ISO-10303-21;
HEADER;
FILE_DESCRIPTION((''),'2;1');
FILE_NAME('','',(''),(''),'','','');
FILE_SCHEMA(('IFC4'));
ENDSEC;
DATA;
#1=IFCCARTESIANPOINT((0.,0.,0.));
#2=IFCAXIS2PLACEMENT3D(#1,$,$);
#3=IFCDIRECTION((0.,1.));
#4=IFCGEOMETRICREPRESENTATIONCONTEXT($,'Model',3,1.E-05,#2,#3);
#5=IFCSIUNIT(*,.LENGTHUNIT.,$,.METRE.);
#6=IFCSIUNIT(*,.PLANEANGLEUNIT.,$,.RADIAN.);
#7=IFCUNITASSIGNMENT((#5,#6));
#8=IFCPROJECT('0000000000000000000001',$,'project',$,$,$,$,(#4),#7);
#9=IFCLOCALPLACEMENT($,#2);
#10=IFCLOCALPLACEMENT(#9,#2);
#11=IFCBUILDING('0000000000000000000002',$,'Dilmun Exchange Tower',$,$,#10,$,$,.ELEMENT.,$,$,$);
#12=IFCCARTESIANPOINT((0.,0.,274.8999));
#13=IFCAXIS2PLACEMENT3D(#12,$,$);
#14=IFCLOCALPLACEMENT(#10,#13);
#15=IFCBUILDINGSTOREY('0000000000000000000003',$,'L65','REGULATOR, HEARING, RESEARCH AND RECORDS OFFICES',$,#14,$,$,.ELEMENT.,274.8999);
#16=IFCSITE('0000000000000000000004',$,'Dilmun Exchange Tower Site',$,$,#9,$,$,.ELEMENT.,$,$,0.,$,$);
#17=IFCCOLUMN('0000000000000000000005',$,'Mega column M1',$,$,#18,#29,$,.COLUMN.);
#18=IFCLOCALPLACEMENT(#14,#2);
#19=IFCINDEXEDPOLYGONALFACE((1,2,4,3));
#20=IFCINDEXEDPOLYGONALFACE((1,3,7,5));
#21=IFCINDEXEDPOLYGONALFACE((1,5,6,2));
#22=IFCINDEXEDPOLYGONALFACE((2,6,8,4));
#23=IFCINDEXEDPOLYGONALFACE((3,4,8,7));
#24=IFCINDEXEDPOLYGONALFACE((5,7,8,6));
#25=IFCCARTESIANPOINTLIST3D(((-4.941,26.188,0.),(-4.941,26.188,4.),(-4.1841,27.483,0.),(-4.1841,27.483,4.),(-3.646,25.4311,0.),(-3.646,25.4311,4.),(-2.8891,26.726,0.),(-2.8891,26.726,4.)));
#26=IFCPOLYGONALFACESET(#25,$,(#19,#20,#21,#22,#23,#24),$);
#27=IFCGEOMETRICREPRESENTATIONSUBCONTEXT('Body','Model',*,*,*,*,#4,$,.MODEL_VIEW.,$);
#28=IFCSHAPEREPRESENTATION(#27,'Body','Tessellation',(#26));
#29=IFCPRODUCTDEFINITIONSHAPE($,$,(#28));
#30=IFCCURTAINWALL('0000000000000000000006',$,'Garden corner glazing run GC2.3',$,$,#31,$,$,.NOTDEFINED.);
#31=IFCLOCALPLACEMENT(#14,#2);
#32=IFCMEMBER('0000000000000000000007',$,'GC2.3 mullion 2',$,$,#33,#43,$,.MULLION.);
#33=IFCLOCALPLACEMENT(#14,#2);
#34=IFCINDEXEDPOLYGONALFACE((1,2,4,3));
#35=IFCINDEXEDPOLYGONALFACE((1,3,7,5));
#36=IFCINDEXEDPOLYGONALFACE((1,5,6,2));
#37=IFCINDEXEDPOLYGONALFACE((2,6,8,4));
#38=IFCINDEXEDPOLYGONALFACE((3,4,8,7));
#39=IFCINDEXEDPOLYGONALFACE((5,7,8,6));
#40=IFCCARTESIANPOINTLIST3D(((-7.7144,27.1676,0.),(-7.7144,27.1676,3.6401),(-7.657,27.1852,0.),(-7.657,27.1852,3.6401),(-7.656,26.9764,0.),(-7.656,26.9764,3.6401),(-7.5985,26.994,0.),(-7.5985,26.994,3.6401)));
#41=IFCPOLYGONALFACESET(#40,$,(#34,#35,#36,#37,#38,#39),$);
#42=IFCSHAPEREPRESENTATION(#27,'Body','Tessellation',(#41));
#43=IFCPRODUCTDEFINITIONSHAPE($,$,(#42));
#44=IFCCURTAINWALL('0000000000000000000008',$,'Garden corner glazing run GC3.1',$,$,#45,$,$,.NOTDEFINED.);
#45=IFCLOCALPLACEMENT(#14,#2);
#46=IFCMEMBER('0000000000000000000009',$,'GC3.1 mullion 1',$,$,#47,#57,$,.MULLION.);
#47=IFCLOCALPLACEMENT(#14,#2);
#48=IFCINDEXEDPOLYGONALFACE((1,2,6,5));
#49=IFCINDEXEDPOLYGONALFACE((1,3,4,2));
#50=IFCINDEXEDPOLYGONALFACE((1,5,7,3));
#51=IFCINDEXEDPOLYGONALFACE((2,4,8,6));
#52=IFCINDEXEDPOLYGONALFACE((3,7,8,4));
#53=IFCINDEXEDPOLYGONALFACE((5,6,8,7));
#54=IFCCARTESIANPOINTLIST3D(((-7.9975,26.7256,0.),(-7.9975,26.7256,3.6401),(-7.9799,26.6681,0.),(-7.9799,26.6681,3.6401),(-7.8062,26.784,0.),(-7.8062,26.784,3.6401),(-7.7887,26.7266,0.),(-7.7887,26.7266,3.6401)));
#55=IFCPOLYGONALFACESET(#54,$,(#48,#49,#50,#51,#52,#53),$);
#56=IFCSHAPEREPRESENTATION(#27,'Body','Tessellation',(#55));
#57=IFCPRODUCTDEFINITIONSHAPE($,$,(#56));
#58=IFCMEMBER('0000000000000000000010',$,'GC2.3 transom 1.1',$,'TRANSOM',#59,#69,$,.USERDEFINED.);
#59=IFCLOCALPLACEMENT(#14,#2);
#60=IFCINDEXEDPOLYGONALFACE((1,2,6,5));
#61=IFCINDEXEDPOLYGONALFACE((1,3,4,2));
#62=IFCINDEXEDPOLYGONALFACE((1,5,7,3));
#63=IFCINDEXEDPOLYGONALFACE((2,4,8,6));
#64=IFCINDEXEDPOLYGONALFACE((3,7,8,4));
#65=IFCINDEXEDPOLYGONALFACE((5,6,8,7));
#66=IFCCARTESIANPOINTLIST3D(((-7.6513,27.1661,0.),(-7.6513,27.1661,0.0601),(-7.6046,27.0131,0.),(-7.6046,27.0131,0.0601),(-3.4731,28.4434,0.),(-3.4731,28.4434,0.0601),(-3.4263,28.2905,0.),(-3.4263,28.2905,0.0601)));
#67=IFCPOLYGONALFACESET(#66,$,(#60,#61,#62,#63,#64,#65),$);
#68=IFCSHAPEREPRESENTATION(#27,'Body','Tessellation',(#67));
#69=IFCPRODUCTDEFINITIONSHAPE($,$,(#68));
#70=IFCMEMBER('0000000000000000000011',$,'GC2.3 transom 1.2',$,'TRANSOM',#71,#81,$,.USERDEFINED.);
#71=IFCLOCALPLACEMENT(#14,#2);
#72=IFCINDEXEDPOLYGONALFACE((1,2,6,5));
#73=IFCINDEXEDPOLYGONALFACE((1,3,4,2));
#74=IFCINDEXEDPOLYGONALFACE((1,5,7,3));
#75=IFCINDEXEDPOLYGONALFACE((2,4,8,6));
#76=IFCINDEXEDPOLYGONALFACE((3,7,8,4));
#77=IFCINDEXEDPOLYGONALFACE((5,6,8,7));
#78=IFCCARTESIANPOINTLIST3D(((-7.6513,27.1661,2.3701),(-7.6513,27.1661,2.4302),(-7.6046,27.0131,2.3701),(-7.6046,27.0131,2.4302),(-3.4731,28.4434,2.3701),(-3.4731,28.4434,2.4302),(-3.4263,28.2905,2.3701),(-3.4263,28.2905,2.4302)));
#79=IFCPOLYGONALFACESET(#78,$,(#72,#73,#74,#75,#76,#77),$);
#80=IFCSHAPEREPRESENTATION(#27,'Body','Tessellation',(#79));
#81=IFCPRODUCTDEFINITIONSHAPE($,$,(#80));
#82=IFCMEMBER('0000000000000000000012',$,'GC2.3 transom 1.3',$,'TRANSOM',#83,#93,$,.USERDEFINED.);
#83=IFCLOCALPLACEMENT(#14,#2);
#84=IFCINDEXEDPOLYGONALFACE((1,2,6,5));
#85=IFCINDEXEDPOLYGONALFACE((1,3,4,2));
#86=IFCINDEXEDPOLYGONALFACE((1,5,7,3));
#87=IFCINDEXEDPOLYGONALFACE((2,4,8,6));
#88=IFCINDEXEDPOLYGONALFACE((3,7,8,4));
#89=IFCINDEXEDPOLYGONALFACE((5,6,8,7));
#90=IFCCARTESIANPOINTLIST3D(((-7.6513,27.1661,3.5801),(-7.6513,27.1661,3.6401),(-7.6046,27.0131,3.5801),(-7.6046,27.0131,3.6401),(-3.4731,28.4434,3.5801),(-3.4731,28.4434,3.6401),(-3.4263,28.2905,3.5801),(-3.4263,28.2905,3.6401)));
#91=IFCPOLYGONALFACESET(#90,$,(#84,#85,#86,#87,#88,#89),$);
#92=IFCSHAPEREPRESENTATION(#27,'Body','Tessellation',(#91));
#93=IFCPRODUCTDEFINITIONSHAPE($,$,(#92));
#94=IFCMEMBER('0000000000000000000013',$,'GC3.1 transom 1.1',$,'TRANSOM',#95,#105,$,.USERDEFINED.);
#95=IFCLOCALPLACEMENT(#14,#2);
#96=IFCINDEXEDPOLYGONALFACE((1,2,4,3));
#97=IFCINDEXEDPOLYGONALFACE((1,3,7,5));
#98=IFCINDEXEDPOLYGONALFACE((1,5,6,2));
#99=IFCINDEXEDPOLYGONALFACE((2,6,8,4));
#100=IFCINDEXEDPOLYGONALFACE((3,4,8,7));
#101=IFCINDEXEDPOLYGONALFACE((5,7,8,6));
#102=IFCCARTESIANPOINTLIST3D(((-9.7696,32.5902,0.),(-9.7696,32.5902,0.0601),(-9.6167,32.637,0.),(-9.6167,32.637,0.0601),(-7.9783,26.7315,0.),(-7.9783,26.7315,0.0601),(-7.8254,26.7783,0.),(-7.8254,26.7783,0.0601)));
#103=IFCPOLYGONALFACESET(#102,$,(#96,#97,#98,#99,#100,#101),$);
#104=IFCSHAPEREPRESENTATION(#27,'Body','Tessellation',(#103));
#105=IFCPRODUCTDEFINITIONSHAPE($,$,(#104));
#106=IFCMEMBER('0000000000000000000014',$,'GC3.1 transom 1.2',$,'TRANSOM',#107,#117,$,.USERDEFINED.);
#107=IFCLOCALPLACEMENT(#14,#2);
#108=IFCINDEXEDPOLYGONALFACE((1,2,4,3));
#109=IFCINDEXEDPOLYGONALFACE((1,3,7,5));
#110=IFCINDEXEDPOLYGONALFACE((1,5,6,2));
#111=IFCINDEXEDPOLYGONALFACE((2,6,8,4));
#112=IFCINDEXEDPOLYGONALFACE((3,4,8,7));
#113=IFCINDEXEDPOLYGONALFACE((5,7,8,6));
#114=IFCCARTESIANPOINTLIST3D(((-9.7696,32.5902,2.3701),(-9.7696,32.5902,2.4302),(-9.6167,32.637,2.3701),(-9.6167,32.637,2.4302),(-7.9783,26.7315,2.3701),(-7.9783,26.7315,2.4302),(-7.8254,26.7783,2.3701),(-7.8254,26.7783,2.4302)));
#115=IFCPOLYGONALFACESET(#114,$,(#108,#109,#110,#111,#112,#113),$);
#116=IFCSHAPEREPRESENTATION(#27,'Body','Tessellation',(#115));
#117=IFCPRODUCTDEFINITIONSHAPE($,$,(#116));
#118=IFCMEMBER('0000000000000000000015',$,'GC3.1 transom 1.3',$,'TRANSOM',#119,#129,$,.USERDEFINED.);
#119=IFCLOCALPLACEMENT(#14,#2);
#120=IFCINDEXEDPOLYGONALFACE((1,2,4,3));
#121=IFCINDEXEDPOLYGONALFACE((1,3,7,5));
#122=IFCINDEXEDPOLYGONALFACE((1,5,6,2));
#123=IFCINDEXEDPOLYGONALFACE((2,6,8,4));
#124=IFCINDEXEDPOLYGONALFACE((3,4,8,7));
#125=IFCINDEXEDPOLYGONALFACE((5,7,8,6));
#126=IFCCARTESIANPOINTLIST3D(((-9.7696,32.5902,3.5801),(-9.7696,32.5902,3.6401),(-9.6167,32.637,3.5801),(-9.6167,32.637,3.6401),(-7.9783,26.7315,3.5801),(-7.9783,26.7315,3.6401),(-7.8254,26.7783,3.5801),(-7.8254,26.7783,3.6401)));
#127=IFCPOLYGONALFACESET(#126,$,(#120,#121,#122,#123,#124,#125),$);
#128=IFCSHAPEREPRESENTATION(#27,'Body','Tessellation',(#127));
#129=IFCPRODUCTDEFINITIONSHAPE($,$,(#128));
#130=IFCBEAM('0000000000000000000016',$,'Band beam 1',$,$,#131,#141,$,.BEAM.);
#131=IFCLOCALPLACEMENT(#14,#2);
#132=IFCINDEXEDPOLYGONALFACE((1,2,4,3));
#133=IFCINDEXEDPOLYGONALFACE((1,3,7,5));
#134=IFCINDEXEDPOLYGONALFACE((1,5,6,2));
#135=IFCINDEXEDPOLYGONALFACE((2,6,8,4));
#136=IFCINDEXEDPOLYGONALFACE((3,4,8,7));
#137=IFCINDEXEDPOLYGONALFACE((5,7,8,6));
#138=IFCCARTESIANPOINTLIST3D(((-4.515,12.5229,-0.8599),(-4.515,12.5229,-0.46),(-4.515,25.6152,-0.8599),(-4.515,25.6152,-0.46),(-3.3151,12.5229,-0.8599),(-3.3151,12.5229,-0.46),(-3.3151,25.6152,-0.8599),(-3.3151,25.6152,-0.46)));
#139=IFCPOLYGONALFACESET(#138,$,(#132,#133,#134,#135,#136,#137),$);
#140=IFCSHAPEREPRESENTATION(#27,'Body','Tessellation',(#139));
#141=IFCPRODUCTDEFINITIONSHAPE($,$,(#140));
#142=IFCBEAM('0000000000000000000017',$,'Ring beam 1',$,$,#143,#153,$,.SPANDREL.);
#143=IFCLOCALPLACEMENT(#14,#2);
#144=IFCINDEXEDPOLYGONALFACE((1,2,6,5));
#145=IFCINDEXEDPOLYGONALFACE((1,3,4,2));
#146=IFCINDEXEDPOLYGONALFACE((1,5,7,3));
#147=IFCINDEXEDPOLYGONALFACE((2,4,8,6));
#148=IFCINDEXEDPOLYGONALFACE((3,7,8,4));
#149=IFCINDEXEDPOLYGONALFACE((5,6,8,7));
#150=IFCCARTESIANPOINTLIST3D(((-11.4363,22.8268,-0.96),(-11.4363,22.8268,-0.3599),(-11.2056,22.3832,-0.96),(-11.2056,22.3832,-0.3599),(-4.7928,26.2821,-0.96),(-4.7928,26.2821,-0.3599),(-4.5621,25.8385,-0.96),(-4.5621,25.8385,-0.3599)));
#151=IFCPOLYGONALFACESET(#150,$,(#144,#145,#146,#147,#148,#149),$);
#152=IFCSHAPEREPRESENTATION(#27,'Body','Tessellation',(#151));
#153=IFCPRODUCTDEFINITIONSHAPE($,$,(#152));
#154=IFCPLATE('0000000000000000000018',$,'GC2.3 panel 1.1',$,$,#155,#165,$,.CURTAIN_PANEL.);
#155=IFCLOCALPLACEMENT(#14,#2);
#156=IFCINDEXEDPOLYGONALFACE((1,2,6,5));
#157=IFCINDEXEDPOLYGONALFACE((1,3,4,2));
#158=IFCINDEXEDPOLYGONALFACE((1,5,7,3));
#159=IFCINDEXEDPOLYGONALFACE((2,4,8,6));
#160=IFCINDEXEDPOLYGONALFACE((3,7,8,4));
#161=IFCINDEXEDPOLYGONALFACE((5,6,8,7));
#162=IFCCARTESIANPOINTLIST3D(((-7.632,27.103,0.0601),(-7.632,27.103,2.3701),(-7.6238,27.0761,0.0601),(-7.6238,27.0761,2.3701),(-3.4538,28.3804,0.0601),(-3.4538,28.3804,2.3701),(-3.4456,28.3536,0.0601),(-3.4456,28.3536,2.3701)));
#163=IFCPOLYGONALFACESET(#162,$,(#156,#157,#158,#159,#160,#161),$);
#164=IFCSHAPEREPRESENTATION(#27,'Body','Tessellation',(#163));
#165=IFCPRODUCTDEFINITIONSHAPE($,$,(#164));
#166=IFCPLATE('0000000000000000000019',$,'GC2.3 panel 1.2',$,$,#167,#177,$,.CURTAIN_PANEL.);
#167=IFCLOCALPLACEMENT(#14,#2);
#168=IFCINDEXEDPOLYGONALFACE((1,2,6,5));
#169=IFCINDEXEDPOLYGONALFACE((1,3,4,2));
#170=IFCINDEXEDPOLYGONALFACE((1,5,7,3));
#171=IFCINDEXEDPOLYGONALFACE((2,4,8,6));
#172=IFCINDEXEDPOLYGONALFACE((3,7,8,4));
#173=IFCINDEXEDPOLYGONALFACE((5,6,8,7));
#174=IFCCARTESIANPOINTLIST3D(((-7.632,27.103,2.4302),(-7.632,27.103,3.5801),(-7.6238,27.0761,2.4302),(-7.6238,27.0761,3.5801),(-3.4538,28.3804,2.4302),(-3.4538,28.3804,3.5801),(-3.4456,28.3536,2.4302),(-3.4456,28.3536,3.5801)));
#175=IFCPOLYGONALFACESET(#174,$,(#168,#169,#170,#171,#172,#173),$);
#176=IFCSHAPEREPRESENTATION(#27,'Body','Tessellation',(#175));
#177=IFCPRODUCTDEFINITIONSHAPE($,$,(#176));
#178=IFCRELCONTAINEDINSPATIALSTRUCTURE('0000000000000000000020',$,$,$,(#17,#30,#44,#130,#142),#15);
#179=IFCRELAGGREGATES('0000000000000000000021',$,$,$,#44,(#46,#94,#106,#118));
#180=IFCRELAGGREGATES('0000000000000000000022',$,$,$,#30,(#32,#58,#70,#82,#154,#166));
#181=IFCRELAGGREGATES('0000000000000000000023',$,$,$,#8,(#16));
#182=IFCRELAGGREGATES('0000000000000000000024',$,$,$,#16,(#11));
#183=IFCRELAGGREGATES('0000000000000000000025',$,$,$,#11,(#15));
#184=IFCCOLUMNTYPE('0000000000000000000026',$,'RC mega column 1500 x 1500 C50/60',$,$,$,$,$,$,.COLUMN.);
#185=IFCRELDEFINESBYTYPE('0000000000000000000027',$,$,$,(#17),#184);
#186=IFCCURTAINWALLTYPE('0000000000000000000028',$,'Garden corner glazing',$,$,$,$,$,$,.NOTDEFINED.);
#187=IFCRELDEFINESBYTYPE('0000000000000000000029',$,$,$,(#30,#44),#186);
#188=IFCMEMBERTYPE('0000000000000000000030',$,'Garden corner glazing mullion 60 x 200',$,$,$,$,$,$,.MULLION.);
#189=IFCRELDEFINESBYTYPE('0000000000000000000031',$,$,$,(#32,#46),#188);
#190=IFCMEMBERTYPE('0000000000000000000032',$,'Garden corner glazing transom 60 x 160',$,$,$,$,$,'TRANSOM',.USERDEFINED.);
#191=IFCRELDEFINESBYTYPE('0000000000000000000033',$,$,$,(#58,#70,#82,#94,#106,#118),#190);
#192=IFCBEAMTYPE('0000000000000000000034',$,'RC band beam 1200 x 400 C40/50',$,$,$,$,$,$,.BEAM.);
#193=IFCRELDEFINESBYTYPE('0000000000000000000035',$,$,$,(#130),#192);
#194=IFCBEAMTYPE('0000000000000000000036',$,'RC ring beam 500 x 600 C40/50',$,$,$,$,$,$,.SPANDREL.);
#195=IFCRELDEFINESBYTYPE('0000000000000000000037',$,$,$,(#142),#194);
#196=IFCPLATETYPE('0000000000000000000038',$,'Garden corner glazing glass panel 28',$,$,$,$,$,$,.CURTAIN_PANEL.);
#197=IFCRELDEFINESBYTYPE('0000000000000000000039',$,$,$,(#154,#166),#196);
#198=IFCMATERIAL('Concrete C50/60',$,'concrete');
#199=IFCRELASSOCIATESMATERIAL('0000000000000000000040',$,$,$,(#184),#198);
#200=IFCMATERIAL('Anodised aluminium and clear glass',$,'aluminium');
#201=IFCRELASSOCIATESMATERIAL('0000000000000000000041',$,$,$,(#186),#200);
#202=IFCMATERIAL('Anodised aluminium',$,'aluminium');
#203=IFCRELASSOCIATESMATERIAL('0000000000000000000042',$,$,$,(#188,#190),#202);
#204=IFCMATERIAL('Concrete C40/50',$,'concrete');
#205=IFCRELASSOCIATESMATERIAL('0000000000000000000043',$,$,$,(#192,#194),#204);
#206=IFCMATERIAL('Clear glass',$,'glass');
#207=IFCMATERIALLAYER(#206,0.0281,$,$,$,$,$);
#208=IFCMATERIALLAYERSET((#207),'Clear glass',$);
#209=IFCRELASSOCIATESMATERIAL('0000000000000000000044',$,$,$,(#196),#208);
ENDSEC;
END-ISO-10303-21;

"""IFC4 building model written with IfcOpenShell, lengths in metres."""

from ifc_helpers import new_model, si_unit, direction, frame, origin, origin_2d, place, context, subcontext, project, spatial, rectangle, extrude, material, layer, layer_set, material_profile, profile_set, type_object, element, aggregate, save


model = new_model("IFC4")

# Units and contexts
model_context = context("Model", 3, precision=1e-05, world=origin(), true_north=direction((0.0, 1.0)))
body_context = subcontext(model_context, "Body", "Model", "MODEL_VIEW")
ifc_project = project(units=[si_unit("LENGTHUNIT", "METRE"), si_unit("PLANEANGLEUNIT", "RADIAN")], contexts=[model_context])

# Site, building, storey
site_placement = place(None, origin())
site = spatial("IfcSite", under=ifc_project, at=site_placement, Name="Dilmun Exchange Tower Site", CompositionType="ELEMENT", RefElevation=0.0)
building_placement = place(site_placement, origin())
building = spatial("IfcBuilding", under=site, at=building_placement, Name="Dilmun Exchange Tower", CompositionType="ELEMENT")
storey_placement = place(building_placement, frame((0.0, 0.0, 274.8999)))
storey = spatial("IfcBuildingStorey", under=building, at=storey_placement, Name="L65", Description="REGULATOR, HEARING, RESEARCH AND RECORDS OFFICES", CompositionType="ELEMENT", Elevation=274.8999)

# Column
ifc_material_1 = material(Name="Concrete C50/60", Category="concrete")
ifc_material_profile_1 = material_profile(ifc_material_1, rectangle(XDim=1.5, YDim=1.5, at=origin_2d()), Name="1500 x 1500")
ifc_profile_set_1 = profile_set([ifc_material_profile_1], Name="Concrete C50/60")
column_type = type_object("IfcColumnType", Name="RC mega column 1500 x 1500 C50/60", PredefinedType="COLUMN", material=ifc_profile_set_1)
column_placement = place(storey_placement, frame((-3.915, 26.457, 0.0), z_axis=(0.0, 0.0, 1.0), x_axis=(0.504644, 0.863328, 0.0)))
element("IfcColumn", 1, at=column_placement, inside=storey, type_object=column_type, Name="Mega column M1", PredefinedType="COLUMN", context=body_context, shape_type="SweptSolid", body=[
    extrude(rectangle(XDim=1.5, YDim=1.5, at=origin_2d()), origin(), (0.0, 0.0, 1.0), 4.0),
])

# Curtain walls, members
ifc_material_2 = material(Name="Anodised aluminium and clear glass", Category="aluminium")
curtain_wall_type = type_object("IfcCurtainWallType", Name="Garden corner glazing", PredefinedType="NOTDEFINED", material=ifc_material_2)
curtain_wall_1_placement = place(storey_placement, origin())
curtain_wall_1 = element("IfcCurtainWall", 2, at=curtain_wall_1_placement, inside=storey, type_object=curtain_wall_type, Name="Garden corner glazing run GC2.3", PredefinedType="NOTDEFINED")
ifc_material_3 = material(Name="Anodised aluminium", Category="aluminium")
ifc_material_profile_2 = material_profile(ifc_material_3, rectangle(XDim=0.2, YDim=0.0601, at=origin_2d()), Name="AL 60x200")
ifc_profile_set_2 = profile_set([ifc_material_profile_2], Name="Anodised aluminium")
member_type_1 = type_object("IfcMemberType", Name="Garden corner glazing mullion 60 x 200", PredefinedType="MULLION", material=ifc_profile_set_2)
member_1_placement = place(storey_placement, frame((-7.6565, 27.0808, 0.0), z_axis=(0.0, 0.0, 1.0), x_axis=(0.292378, -0.956303, 0.0)))
member_1 = element("IfcMember", 3, at=member_1_placement, type_object=member_type_1, Name="GC2.3 mullion 2", PredefinedType="MULLION", context=body_context, shape_type="SweptSolid", body=[
    extrude(rectangle(XDim=0.2, YDim=0.0601, at=origin_2d()), origin(), (0.0, 0.0, 1.0), 3.6401),
])
curtain_wall_2_placement = place(storey_placement, origin())
curtain_wall_2 = element("IfcCurtainWall", 4, at=curtain_wall_2_placement, inside=storey, type_object=curtain_wall_type, Name="Garden corner glazing run GC3.1", PredefinedType="NOTDEFINED")
member_2_placement = place(storey_placement, frame((-7.8931, 26.7261, 0.0), z_axis=(0.0, 0.0, 1.0), x_axis=(-0.956304, -0.292374, 0.0)))
member_2 = element("IfcMember", 5, at=member_2_placement, type_object=member_type_1, Name="GC3.1 mullion 1", PredefinedType="MULLION", context=body_context, shape_type="SweptSolid", body=[
    extrude(rectangle(XDim=0.2, YDim=0.0601, at=origin_2d()), origin(), (0.0, 0.0, 1.0), 3.6401),
])

# Members
ifc_material_profile_3 = material_profile(ifc_material_3, rectangle(XDim=0.1599, YDim=0.0601, at=origin_2d()), Name="AL 60x160")
ifc_profile_set_3 = profile_set([ifc_material_profile_3], Name="Anodised aluminium")
member_type_2 = type_object("IfcMemberType", Name="Garden corner glazing transom 60 x 160", ElementType="TRANSOM", PredefinedType="USERDEFINED", material=ifc_profile_set_3)
member_3_placement = place(storey_placement, frame((-3.4497, 28.3669, 0.03), z_axis=(-0.956309, -0.292358, 0.0), x_axis=(0.292358, -0.956309, 0.0)))
member_3 = element("IfcMember", 6, at=member_3_placement, type_object=member_type_2, Name="GC2.3 transom 1.1", ObjectType="TRANSOM", PredefinedType="USERDEFINED", context=body_context, shape_type="SweptSolid", body=[
    extrude(rectangle(XDim=0.1599, YDim=0.0601, at=origin_2d()), origin(), (0.0, 0.0, 1.0), 4.3691),
])
member_4_placement = place(storey_placement, frame((-3.4497, 28.3669, 2.4001), z_axis=(-0.956309, -0.292358, 0.0), x_axis=(0.292358, -0.956309, 0.0)))
member_4 = element("IfcMember", 7, at=member_4_placement, type_object=member_type_2, Name="GC2.3 transom 1.2", ObjectType="TRANSOM", PredefinedType="USERDEFINED", context=body_context, shape_type="SweptSolid", body=[
    extrude(rectangle(XDim=0.1599, YDim=0.0601, at=origin_2d()), origin(), (0.0, 0.0, 1.0), 4.3691),
])
member_5_placement = place(storey_placement, frame((-3.4497, 28.3669, 3.6101), z_axis=(-0.956309, -0.292358, 0.0), x_axis=(0.292358, -0.956309, 0.0)))
member_5 = element("IfcMember", 8, at=member_5_placement, type_object=member_type_2, Name="GC2.3 transom 1.3", ObjectType="TRANSOM", PredefinedType="USERDEFINED", context=body_context, shape_type="SweptSolid", body=[
    extrude(rectangle(XDim=0.1599, YDim=0.0601, at=origin_2d()), origin(), (0.0, 0.0, 1.0), 4.3691),
])
member_6_placement = place(storey_placement, frame((-7.9019, 26.7549, 0.03), z_axis=(-0.292386, 0.956301, 0.0), x_axis=(-0.956301, -0.292386, 0.0)))
member_6 = element("IfcMember", 9, at=member_6_placement, type_object=member_type_2, Name="GC3.1 transom 1.1", ObjectType="TRANSOM", PredefinedType="USERDEFINED", context=body_context, shape_type="SweptSolid", body=[
    extrude(rectangle(XDim=0.1599, YDim=0.0601, at=origin_2d()), origin(), (0.0, 0.0, 1.0), 6.1265),
])
member_7_placement = place(storey_placement, frame((-7.9019, 26.7549, 2.4001), z_axis=(-0.292386, 0.956301, 0.0), x_axis=(-0.956301, -0.292386, 0.0)))
member_7 = element("IfcMember", 10, at=member_7_placement, type_object=member_type_2, Name="GC3.1 transom 1.2", ObjectType="TRANSOM", PredefinedType="USERDEFINED", context=body_context, shape_type="SweptSolid", body=[
    extrude(rectangle(XDim=0.1599, YDim=0.0601, at=origin_2d()), origin(), (0.0, 0.0, 1.0), 6.1265),
])
member_8_placement = place(storey_placement, frame((-7.9019, 26.7549, 3.6101), z_axis=(-0.292386, 0.956301, 0.0), x_axis=(-0.956301, -0.292386, 0.0)))
member_8 = element("IfcMember", 11, at=member_8_placement, type_object=member_type_2, Name="GC3.1 transom 1.3", ObjectType="TRANSOM", PredefinedType="USERDEFINED", context=body_context, shape_type="SweptSolid", body=[
    extrude(rectangle(XDim=0.1599, YDim=0.0601, at=origin_2d()), origin(), (0.0, 0.0, 1.0), 6.1265),
])
aggregate(curtain_wall_2, [member_2, member_6, member_7, member_8])

# Beams
ifc_material_4 = material(Name="Concrete C40/50", Category="concrete")
ifc_material_profile_4 = material_profile(ifc_material_4, rectangle(XDim=1.2, YDim=0.3999, at=origin_2d()), Name="1200 x 400")
ifc_profile_set_4 = profile_set([ifc_material_profile_4], Name="Concrete C40/50")
beam_type_1 = type_object("IfcBeamType", Name="RC band beam 1200 x 400 C40/50", PredefinedType="BEAM", material=ifc_profile_set_4)
beam_1_placement = place(storey_placement, frame((-3.915, 25.6152, -0.6599), z_axis=(0.0, -1.0, 0.0), x_axis=(1.0, 0.0, 0.0)))
element("IfcBeam", 12, at=beam_1_placement, inside=storey, type_object=beam_type_1, Name="Band beam 1", PredefinedType="BEAM", context=body_context, shape_type="SweptSolid", body=[
    extrude(rectangle(XDim=1.2, YDim=0.3999, at=origin_2d()), origin(), (0.0, 0.0, 1.0), 13.0923),
])
ifc_material_profile_5 = material_profile(ifc_material_4, rectangle(XDim=0.5, YDim=0.6001, at=origin_2d()), Name="500 x 600")
ifc_profile_set_5 = profile_set([ifc_material_profile_5], Name="Concrete C40/50")
beam_type_2 = type_object("IfcBeamType", Name="RC ring beam 500 x 600 C40/50", PredefinedType="SPANDREL", material=ifc_profile_set_5)
beam_2_placement = place(storey_placement, frame((-4.6775, 26.0603, -0.6599), z_axis=(-0.88718, -0.461424, 0.0), x_axis=(0.461424, -0.88718, 0.0)))
element("IfcBeam", 13, at=beam_2_placement, inside=storey, type_object=beam_type_2, Name="Ring beam 1", PredefinedType="SPANDREL", context=body_context, shape_type="SweptSolid", body=[
    extrude(rectangle(XDim=0.5, YDim=0.6001, at=origin_2d()), origin(), (0.0, 0.0, 1.0), 7.4883),
])

# Plates
ifc_material_5 = material(Name="Clear glass", Category="glass")
ifc_layer_1 = layer(ifc_material_5, 0.0281)
ifc_layer_set_1 = layer_set([ifc_layer_1], Name="Clear glass")
plate_type = type_object("IfcPlateType", Name="Garden corner glazing glass panel 28", PredefinedType="CURTAIN_PANEL", material=ifc_layer_set_1)
plate_1_placement = place(storey_placement, frame((-5.5388, 27.7283, 0.0601), z_axis=(0.0, 0.0, 1.0), x_axis=(-0.956303, -0.292378, 0.0)))
plate_1 = element("IfcPlate", 14, at=plate_1_placement, type_object=plate_type, Name="GC2.3 panel 1.1", PredefinedType="CURTAIN_PANEL", context=body_context, shape_type="SweptSolid", body=[
    extrude(rectangle(XDim=4.3691, YDim=0.0281, at=origin_2d()), origin(), (0.0, 0.0, 1.0), 2.3101),
])
plate_2_placement = place(storey_placement, frame((-5.5388, 27.7283, 2.4302), z_axis=(0.0, 0.0, 1.0), x_axis=(-0.956303, -0.292378, 0.0)))
plate_2 = element("IfcPlate", 15, at=plate_2_placement, type_object=plate_type, Name="GC2.3 panel 1.2", PredefinedType="CURTAIN_PANEL", context=body_context, shape_type="SweptSolid", body=[
    extrude(rectangle(XDim=4.3691, YDim=0.0281, at=origin_2d()), origin(), (0.0, 0.0, 1.0), 1.1499),
])
aggregate(curtain_wall_1, [member_1, member_3, member_4, member_5, plate_1, plate_2])

save(model, "model.ifc")
